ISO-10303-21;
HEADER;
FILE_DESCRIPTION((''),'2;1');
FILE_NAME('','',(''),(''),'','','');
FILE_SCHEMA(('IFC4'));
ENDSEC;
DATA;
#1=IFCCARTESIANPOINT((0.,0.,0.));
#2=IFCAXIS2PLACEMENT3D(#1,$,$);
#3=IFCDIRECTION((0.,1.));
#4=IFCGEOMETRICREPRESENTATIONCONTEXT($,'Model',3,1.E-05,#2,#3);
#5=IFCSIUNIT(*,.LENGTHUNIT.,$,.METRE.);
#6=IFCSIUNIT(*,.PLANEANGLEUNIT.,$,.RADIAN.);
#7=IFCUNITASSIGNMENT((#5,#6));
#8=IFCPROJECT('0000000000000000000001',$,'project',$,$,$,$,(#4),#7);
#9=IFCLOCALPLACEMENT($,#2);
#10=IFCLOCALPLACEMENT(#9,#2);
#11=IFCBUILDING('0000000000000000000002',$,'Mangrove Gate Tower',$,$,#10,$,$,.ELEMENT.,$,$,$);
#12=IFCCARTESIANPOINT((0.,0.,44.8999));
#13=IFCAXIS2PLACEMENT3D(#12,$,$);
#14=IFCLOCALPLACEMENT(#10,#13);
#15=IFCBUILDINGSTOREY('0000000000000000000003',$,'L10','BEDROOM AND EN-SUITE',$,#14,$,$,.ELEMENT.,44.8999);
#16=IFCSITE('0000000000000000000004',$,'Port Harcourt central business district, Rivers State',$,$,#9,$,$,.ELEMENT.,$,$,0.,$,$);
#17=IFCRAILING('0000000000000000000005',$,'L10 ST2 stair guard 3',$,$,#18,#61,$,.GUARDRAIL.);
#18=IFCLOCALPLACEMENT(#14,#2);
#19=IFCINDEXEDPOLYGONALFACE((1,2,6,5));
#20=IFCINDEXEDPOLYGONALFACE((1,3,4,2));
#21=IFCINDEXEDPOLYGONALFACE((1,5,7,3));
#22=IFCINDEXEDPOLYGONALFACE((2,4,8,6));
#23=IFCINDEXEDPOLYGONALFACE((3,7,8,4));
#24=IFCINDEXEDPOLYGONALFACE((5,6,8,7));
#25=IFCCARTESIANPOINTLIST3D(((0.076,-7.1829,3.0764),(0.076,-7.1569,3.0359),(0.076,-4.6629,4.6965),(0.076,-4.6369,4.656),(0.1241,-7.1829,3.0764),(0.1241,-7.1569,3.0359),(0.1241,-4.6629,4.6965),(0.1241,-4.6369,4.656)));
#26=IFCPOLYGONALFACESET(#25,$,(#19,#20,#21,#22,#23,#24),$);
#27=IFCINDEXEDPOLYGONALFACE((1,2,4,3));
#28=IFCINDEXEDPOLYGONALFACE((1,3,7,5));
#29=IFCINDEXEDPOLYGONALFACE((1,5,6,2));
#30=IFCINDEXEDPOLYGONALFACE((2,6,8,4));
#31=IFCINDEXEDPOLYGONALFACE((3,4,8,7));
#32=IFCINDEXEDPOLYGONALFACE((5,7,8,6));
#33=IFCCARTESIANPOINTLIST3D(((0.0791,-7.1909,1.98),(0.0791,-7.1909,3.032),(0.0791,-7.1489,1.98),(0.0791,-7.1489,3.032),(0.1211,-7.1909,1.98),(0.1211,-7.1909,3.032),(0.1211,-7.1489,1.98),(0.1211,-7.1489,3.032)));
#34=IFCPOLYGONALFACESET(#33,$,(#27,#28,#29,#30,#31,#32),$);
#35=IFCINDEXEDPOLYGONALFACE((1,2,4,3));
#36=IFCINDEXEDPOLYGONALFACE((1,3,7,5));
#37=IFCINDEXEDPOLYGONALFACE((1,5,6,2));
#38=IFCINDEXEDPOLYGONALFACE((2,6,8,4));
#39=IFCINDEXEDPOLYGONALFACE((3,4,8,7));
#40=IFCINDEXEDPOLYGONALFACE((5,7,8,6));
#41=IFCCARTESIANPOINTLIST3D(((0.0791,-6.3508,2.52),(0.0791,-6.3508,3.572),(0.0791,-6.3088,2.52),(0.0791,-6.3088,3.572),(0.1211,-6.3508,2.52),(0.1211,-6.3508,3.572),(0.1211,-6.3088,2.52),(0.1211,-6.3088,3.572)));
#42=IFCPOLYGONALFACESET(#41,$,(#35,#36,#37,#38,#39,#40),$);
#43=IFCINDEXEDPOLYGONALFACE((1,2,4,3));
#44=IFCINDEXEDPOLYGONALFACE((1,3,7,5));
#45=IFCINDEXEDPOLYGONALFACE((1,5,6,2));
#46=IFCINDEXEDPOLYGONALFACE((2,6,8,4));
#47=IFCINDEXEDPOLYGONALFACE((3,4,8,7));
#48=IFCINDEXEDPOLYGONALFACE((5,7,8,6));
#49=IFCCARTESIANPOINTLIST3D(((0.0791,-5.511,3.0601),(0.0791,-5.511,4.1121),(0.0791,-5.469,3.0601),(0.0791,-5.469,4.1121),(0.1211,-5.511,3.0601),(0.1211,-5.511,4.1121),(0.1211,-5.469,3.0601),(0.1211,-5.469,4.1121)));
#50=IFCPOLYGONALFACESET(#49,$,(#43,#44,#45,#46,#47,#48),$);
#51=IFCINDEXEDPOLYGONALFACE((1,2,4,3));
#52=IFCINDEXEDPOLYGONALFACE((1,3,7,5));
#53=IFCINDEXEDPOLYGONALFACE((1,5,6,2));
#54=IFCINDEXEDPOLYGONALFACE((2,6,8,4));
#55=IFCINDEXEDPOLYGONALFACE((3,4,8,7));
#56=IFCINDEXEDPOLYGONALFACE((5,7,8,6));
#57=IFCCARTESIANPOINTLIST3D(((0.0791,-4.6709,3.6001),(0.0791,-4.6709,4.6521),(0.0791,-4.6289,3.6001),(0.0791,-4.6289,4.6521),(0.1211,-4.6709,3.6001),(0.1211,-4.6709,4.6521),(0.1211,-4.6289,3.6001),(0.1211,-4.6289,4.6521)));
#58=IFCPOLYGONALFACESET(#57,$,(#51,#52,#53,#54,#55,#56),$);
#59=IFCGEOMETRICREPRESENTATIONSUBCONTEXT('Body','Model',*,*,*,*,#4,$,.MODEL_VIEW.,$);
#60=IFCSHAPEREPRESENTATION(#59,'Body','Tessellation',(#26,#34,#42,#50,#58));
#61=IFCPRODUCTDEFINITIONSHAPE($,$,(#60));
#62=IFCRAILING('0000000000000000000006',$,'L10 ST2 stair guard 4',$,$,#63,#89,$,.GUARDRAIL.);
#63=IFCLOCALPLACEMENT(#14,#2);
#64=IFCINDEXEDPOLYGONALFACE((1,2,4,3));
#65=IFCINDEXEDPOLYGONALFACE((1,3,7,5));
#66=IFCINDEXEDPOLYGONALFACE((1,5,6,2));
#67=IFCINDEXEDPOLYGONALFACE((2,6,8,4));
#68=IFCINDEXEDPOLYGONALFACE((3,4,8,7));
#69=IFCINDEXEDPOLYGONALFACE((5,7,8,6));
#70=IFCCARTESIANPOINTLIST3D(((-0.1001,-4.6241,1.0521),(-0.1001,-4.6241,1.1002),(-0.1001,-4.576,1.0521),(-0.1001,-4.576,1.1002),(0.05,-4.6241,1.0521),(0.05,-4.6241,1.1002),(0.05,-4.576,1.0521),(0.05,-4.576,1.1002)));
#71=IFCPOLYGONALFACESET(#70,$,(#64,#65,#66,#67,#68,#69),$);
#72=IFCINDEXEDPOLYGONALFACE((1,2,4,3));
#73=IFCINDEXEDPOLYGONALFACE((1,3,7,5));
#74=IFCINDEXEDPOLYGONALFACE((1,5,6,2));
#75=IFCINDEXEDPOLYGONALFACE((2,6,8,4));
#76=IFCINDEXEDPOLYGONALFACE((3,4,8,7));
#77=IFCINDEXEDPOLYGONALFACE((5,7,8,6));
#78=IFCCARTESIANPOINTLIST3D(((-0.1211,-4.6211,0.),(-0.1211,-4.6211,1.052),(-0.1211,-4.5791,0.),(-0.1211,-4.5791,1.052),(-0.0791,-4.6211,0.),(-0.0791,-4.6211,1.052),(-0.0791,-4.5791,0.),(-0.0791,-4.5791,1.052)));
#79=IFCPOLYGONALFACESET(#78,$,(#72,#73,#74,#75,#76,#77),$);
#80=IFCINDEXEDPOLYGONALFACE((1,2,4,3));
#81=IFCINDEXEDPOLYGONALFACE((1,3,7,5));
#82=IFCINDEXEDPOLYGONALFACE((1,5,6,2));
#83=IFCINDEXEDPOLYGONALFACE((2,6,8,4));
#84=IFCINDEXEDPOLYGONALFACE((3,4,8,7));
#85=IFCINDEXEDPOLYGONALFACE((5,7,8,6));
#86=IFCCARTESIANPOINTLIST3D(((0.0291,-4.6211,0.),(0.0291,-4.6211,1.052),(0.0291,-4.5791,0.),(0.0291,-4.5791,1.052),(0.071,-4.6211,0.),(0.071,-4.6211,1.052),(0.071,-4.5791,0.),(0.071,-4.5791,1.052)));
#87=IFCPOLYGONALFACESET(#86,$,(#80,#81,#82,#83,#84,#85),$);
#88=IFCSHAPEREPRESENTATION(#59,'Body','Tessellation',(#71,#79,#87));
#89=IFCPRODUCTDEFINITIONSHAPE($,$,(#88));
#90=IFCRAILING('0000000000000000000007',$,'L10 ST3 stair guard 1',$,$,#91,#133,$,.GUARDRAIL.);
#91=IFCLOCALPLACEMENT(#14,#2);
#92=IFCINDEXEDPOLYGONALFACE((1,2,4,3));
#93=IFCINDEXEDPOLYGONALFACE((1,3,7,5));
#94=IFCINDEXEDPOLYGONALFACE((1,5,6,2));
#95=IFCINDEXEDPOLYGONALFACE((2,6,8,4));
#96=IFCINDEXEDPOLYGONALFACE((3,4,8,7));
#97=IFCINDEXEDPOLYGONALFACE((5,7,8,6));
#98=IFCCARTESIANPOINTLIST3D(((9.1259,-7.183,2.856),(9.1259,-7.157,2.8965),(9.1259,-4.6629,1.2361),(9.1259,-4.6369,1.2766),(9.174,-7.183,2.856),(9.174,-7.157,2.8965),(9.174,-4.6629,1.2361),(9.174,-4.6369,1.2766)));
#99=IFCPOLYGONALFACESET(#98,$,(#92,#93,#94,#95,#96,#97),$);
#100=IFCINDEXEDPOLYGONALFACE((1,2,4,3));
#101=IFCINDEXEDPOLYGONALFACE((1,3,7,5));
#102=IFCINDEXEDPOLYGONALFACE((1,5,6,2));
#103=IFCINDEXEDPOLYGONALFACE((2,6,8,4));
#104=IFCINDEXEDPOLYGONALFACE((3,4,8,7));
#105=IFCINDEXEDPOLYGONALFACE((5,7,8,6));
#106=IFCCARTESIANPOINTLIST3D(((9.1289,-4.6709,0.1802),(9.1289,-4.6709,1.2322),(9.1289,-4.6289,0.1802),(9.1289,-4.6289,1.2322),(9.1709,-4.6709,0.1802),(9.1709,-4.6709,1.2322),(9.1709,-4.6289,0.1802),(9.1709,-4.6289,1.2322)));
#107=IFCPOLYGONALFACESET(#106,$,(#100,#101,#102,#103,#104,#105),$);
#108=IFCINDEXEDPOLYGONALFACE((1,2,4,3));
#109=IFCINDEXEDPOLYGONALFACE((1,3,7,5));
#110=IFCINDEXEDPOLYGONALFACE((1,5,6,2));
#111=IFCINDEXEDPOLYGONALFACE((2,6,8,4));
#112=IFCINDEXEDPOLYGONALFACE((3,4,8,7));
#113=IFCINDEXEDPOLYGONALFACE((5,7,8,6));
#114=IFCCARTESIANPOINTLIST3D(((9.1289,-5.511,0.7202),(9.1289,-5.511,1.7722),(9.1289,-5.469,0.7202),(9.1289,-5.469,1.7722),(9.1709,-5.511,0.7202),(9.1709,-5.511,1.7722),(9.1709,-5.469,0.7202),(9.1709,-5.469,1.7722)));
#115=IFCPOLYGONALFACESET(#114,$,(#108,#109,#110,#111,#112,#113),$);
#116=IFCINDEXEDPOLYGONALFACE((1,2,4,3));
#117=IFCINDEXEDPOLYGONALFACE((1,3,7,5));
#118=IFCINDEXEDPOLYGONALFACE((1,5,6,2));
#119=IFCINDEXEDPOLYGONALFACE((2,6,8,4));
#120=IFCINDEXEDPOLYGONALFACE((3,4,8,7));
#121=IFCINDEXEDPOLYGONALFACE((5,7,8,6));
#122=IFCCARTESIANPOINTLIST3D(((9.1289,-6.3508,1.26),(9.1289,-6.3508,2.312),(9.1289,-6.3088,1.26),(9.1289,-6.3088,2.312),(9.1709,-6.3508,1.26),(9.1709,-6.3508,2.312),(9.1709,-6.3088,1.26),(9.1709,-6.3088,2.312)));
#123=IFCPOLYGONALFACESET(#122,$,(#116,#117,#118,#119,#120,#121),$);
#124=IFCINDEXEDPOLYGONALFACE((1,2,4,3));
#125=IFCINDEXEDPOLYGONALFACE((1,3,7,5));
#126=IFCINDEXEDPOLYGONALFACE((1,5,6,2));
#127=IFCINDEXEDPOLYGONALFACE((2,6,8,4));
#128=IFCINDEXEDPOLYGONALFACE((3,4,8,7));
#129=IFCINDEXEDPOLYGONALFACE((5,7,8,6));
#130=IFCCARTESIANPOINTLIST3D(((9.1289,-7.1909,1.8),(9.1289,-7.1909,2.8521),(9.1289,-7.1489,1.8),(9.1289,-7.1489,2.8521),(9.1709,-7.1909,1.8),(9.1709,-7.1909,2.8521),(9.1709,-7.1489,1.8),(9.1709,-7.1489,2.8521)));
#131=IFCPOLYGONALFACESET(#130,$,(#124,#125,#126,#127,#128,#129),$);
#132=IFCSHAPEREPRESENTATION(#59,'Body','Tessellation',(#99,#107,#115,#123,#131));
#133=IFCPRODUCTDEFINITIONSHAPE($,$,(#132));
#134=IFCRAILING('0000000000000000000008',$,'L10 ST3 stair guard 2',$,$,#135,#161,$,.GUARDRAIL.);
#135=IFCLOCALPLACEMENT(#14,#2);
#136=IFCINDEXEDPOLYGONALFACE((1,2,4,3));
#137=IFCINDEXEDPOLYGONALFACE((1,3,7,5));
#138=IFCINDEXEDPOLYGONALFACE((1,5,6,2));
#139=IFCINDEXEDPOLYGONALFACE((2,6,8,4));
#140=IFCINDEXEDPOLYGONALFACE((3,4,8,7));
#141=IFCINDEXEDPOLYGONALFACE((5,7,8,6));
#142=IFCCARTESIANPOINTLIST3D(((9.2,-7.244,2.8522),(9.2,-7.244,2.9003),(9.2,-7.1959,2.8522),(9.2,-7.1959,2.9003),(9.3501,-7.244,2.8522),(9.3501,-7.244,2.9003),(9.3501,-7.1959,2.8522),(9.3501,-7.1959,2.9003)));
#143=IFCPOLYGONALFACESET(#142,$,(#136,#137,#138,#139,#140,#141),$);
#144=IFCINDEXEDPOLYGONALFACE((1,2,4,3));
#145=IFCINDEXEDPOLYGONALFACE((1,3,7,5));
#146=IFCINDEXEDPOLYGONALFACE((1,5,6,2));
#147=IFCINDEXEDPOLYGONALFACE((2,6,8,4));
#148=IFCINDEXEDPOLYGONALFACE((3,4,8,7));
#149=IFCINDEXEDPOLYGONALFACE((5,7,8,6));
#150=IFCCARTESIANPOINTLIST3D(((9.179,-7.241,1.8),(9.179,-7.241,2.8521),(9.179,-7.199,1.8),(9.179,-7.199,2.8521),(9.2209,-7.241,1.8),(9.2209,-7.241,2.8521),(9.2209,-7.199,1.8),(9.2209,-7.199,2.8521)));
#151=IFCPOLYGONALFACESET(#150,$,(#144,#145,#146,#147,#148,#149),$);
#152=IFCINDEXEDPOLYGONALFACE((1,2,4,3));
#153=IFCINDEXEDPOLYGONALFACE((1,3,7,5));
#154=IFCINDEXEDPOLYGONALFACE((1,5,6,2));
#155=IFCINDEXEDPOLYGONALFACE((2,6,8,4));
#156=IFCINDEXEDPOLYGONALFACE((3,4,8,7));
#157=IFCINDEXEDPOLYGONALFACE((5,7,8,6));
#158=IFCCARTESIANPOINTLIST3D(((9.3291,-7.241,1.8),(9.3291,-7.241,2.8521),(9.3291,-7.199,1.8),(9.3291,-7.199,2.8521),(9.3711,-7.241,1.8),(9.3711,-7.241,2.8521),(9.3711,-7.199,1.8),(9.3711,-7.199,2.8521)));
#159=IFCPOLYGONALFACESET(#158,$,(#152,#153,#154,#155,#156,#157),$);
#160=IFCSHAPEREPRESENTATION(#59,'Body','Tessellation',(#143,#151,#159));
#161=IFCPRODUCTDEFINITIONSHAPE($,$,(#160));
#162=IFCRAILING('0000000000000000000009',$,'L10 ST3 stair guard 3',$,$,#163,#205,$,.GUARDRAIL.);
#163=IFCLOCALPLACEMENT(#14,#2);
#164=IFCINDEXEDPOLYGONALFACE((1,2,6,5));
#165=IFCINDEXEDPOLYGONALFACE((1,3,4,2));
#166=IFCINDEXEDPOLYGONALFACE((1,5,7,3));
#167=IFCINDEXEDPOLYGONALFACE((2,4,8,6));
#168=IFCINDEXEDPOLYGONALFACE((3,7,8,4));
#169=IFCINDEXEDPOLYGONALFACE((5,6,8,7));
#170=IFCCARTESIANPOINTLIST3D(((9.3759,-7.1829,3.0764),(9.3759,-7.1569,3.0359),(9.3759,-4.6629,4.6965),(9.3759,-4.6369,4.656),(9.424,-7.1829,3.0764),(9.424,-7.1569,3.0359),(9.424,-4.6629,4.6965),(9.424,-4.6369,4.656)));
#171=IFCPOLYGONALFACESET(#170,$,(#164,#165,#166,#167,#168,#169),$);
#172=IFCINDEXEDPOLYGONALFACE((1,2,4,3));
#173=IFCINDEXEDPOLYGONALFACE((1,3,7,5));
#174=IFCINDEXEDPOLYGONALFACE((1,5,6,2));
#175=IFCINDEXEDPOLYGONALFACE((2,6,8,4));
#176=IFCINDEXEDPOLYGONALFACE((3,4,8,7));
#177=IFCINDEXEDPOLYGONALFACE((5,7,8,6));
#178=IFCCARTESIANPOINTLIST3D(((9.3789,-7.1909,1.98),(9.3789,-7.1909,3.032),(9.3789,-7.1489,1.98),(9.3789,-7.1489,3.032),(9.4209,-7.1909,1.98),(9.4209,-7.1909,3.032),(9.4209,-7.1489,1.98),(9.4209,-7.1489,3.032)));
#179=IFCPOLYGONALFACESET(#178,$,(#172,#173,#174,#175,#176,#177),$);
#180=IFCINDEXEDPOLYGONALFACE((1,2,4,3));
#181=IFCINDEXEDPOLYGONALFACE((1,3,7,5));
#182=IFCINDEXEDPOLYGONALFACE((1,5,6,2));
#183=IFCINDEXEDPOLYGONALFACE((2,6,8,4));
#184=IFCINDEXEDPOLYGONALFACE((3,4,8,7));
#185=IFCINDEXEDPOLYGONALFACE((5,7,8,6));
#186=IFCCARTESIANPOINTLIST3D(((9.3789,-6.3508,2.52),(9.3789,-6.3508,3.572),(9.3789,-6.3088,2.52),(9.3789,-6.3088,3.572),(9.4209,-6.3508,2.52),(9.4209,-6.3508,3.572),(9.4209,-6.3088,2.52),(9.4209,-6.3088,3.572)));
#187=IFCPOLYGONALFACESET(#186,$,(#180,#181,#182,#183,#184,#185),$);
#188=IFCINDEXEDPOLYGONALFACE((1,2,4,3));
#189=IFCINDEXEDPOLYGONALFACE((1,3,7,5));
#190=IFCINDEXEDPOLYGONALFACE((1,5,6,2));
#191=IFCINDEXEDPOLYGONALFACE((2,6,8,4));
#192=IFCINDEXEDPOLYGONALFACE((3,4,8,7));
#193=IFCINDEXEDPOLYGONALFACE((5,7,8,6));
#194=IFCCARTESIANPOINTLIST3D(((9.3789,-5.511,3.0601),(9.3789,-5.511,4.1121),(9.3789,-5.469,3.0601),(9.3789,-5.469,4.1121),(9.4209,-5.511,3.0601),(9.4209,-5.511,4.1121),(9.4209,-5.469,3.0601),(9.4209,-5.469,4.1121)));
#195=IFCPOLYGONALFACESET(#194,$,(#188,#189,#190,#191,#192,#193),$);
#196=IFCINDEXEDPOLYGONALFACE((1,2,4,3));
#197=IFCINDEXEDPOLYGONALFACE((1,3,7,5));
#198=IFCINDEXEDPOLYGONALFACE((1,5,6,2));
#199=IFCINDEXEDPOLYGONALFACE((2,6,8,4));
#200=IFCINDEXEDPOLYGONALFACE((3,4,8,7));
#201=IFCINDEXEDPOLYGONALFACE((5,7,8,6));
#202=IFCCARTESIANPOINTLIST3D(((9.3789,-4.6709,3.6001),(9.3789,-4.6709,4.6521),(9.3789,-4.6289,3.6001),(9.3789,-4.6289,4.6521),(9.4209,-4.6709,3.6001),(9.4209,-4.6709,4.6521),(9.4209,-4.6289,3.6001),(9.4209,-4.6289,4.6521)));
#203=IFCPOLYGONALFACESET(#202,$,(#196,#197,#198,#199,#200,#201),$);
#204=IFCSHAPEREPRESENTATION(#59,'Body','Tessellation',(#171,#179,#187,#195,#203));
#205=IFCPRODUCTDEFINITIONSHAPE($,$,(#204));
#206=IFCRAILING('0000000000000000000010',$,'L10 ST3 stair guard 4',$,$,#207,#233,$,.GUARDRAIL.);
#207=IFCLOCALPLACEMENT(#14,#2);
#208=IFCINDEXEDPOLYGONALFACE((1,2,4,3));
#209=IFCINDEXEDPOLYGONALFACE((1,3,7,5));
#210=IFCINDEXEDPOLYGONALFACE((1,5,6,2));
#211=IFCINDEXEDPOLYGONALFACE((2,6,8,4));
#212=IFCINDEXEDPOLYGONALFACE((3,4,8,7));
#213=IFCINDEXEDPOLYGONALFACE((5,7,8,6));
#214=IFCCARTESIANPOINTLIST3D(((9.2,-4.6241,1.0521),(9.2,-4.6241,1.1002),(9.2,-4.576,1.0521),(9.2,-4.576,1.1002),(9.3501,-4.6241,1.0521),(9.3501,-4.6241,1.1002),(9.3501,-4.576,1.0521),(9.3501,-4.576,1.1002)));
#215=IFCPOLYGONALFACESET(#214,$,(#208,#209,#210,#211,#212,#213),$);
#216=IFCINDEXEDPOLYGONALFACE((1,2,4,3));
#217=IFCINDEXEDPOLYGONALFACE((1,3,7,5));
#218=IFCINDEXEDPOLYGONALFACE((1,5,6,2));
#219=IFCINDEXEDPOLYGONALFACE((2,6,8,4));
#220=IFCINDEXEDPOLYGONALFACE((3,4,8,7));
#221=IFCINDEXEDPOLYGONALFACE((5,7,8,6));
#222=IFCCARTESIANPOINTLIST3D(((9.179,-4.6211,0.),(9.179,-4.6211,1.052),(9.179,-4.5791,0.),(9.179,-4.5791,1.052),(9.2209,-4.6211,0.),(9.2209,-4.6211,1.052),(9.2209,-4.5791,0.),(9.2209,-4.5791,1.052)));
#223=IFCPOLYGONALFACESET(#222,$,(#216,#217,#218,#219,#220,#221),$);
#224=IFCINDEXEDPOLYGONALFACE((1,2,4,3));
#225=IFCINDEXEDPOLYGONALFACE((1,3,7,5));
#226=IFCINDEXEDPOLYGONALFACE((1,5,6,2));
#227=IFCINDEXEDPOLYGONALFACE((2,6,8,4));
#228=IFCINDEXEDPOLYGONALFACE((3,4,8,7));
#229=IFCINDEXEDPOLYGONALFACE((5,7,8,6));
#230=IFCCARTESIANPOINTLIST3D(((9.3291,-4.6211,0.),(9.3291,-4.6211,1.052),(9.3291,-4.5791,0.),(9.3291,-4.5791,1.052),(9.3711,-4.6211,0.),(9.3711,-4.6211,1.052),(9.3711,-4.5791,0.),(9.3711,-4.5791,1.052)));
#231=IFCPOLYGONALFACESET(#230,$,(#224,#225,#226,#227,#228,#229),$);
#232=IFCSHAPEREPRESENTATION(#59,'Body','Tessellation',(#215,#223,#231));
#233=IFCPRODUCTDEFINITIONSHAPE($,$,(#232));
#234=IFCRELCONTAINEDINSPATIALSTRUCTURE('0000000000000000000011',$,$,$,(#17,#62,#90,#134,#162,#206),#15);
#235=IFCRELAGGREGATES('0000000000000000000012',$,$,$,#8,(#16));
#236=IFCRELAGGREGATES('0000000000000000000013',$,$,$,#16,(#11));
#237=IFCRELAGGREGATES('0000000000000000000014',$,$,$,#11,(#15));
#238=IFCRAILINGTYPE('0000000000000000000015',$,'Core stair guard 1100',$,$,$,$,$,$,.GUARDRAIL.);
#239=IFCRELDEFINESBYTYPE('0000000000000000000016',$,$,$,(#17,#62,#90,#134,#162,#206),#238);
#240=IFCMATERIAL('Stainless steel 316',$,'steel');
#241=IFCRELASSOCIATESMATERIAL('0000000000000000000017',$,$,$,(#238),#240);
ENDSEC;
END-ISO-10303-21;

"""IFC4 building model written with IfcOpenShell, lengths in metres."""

from ifc_helpers import new_model, si_unit, direction, frame, origin, origin_2d, place, context, subcontext, project, spatial, rectangle, extrude, material, type_object, element, save


model = new_model("IFC4")

# Units and contexts
model_context = context("Model", 3, precision=1e-05, world=origin(), true_north=direction((0.0, 1.0)))
body_context = subcontext(model_context, "Body", "Model", "MODEL_VIEW")
ifc_project = project(units=[si_unit("LENGTHUNIT", "METRE"), si_unit("PLANEANGLEUNIT", "RADIAN")], contexts=[model_context])

# Site, building, storey
site_placement = place(None, origin())
site = spatial("IfcSite", under=ifc_project, at=site_placement, Name="Port Harcourt central business district, Rivers State", CompositionType="ELEMENT", RefElevation=0.0)
building_placement = place(site_placement, origin())
building = spatial("IfcBuilding", under=site, at=building_placement, Name="Mangrove Gate Tower", CompositionType="ELEMENT")
storey_placement = place(building_placement, frame((0.0, 0.0, 44.8999)))
storey = spatial("IfcBuildingStorey", under=building, at=storey_placement, Name="L10", Description="BEDROOM AND EN-SUITE", CompositionType="ELEMENT", Elevation=44.8999)

# Railings
ifc_material_1 = material(Name="Stainless steel 316", Category="steel")
railing_type_1 = type_object("IfcRailingType", Name="Core stair guard 1100", PredefinedType="GUARDRAIL", material=ifc_material_1)
railing_1_placement = place(storey_placement, frame((0.1001, -7.1699, 1.98)))
element("IfcRailing", 1, at=railing_1_placement, inside=storey, type_object=railing_type_1, Name="L10 ST2 stair guard 3", PredefinedType="GUARDRAIL", context=body_context, shape_type="SweptSolid", body=[
    extrude(rectangle(XDim=0.0481, YDim=0.0481, at=origin_2d()), frame((0.0, 0.0, 1.0762), z_axis=(0.0, 0.841163, 0.540782), x_axis=(-1.0, 0.0, 0.0)), (0.0, 0.0, 1.0), 2.9958),
    extrude(rectangle(XDim=0.042, YDim=0.042, at=origin_2d()), origin(), (0.0, 0.0, 1.0), 1.052),
    extrude(rectangle(XDim=0.042, YDim=0.042, at=origin_2d()), frame((0.0, 0.8401, 0.54)), (0.0, 0.0, 1.0), 1.052),
    extrude(rectangle(XDim=0.042, YDim=0.042, at=origin_2d()), frame((0.0, 1.6799, 1.0801)), (0.0, 0.0, 1.0), 1.052),
    extrude(rectangle(XDim=0.042, YDim=0.042, at=origin_2d()), frame((0.0, 2.52, 1.6201)), (0.0, 0.0, 1.0), 1.052),
])
railing_2_placement = place(storey_placement, frame((-0.1001, -4.6001, 0.0)))
element("IfcRailing", 2, at=railing_2_placement, inside=storey, type_object=railing_type_1, Name="L10 ST2 stair guard 4", PredefinedType="GUARDRAIL", context=body_context, shape_type="SweptSolid", body=[
    extrude(rectangle(XDim=0.0481, YDim=0.0481, at=origin_2d()), frame((0.0, 0.0, 1.0762), z_axis=(1.0, 0.0, 0.0), x_axis=(0.0, 1.0, 0.0)), (0.0, 0.0, 1.0), 0.1501),
    extrude(rectangle(XDim=0.042, YDim=0.042, at=origin_2d()), origin(), (0.0, 0.0, 1.0), 1.052),
    extrude(rectangle(XDim=0.042, YDim=0.042, at=origin_2d()), frame((0.1501, 0.0, 0.0)), (0.0, 0.0, 1.0), 1.052),
])
railing_3_placement = place(storey_placement, frame((9.1499, -4.6499, 0.1802)))
element("IfcRailing", 3, at=railing_3_placement, inside=storey, type_object=railing_type_1, Name="L10 ST3 stair guard 1", PredefinedType="GUARDRAIL", context=body_context, shape_type="SweptSolid", body=[
    extrude(rectangle(XDim=0.0481, YDim=0.0481, at=origin_2d()), frame((0.0, 0.0, 1.0762), z_axis=(0.0, -0.8412, 0.540725), x_axis=(1.0, 0.0, 0.0)), (0.0, 0.0, 1.0), 2.9958),
    extrude(rectangle(XDim=0.042, YDim=0.042, at=origin_2d()), origin(), (0.0, 0.0, 1.0), 1.052),
    extrude(rectangle(XDim=0.042, YDim=0.042, at=origin_2d()), frame((0.0, -0.8401, 0.54)), (0.0, 0.0, 1.0), 1.052),
    extrude(rectangle(XDim=0.042, YDim=0.042, at=origin_2d()), frame((0.0, -1.6799, 1.0798)), (0.0, 0.0, 1.0), 1.052),
    extrude(rectangle(XDim=0.042, YDim=0.042, at=origin_2d()), frame((0.0, -2.52, 1.6199)), (0.0, 0.0, 1.0), 1.052),
])
railing_4_placement = place(storey_placement, frame((9.2, -7.22, 1.8)))
element("IfcRailing", 4, at=railing_4_placement, inside=storey, type_object=railing_type_1, Name="L10 ST3 stair guard 2", PredefinedType="GUARDRAIL", context=body_context, shape_type="SweptSolid", body=[
    extrude(rectangle(XDim=0.0481, YDim=0.0481, at=origin_2d()), frame((0.0, 0.0, 1.0762), z_axis=(1.0, 0.0, 0.0), x_axis=(0.0, 1.0, 0.0)), (0.0, 0.0, 1.0), 0.1501),
    extrude(rectangle(XDim=0.042, YDim=0.042, at=origin_2d()), origin(), (0.0, 0.0, 1.0), 1.052),
    extrude(rectangle(XDim=0.042, YDim=0.042, at=origin_2d()), frame((0.1501, 0.0, 0.0)), (0.0, 0.0, 1.0), 1.052),
])
railing_5_placement = place(storey_placement, frame((9.3999, -7.1699, 1.98)))
element("IfcRailing", 5, at=railing_5_placement, inside=storey, type_object=railing_type_1, Name="L10 ST3 stair guard 3", PredefinedType="GUARDRAIL", context=body_context, shape_type="SweptSolid", body=[
    extrude(rectangle(XDim=0.0481, YDim=0.0481, at=origin_2d()), frame((0.0, 0.0, 1.0762), z_axis=(0.0, 0.841163, 0.540782), x_axis=(-1.0, 0.0, 0.0)), (0.0, 0.0, 1.0), 2.9958),
    extrude(rectangle(XDim=0.042, YDim=0.042, at=origin_2d()), origin(), (0.0, 0.0, 1.0), 1.052),
    extrude(rectangle(XDim=0.042, YDim=0.042, at=origin_2d()), frame((0.0, 0.8401, 0.54)), (0.0, 0.0, 1.0), 1.052),
    extrude(rectangle(XDim=0.042, YDim=0.042, at=origin_2d()), frame((0.0, 1.6799, 1.0801)), (0.0, 0.0, 1.0), 1.052),
    extrude(rectangle(XDim=0.042, YDim=0.042, at=origin_2d()), frame((0.0, 2.52, 1.6201)), (0.0, 0.0, 1.0), 1.052),
])
railing_6_placement = place(storey_placement, frame((9.2, -4.6001, 0.0)))
element("IfcRailing", 6, at=railing_6_placement, inside=storey, type_object=railing_type_1, Name="L10 ST3 stair guard 4", PredefinedType="GUARDRAIL", context=body_context, shape_type="SweptSolid", body=[
    extrude(rectangle(XDim=0.0481, YDim=0.0481, at=origin_2d()), frame((0.0, 0.0, 1.0762), z_axis=(1.0, 0.0, 0.0), x_axis=(0.0, 1.0, 0.0)), (0.0, 0.0, 1.0), 0.1501),
    extrude(rectangle(XDim=0.042, YDim=0.042, at=origin_2d()), origin(), (0.0, 0.0, 1.0), 1.052),
    extrude(rectangle(XDim=0.042, YDim=0.042, at=origin_2d()), frame((0.1501, 0.0, 0.0)), (0.0, 0.0, 1.0), 1.052),
])

save(model, "model.ifc")
